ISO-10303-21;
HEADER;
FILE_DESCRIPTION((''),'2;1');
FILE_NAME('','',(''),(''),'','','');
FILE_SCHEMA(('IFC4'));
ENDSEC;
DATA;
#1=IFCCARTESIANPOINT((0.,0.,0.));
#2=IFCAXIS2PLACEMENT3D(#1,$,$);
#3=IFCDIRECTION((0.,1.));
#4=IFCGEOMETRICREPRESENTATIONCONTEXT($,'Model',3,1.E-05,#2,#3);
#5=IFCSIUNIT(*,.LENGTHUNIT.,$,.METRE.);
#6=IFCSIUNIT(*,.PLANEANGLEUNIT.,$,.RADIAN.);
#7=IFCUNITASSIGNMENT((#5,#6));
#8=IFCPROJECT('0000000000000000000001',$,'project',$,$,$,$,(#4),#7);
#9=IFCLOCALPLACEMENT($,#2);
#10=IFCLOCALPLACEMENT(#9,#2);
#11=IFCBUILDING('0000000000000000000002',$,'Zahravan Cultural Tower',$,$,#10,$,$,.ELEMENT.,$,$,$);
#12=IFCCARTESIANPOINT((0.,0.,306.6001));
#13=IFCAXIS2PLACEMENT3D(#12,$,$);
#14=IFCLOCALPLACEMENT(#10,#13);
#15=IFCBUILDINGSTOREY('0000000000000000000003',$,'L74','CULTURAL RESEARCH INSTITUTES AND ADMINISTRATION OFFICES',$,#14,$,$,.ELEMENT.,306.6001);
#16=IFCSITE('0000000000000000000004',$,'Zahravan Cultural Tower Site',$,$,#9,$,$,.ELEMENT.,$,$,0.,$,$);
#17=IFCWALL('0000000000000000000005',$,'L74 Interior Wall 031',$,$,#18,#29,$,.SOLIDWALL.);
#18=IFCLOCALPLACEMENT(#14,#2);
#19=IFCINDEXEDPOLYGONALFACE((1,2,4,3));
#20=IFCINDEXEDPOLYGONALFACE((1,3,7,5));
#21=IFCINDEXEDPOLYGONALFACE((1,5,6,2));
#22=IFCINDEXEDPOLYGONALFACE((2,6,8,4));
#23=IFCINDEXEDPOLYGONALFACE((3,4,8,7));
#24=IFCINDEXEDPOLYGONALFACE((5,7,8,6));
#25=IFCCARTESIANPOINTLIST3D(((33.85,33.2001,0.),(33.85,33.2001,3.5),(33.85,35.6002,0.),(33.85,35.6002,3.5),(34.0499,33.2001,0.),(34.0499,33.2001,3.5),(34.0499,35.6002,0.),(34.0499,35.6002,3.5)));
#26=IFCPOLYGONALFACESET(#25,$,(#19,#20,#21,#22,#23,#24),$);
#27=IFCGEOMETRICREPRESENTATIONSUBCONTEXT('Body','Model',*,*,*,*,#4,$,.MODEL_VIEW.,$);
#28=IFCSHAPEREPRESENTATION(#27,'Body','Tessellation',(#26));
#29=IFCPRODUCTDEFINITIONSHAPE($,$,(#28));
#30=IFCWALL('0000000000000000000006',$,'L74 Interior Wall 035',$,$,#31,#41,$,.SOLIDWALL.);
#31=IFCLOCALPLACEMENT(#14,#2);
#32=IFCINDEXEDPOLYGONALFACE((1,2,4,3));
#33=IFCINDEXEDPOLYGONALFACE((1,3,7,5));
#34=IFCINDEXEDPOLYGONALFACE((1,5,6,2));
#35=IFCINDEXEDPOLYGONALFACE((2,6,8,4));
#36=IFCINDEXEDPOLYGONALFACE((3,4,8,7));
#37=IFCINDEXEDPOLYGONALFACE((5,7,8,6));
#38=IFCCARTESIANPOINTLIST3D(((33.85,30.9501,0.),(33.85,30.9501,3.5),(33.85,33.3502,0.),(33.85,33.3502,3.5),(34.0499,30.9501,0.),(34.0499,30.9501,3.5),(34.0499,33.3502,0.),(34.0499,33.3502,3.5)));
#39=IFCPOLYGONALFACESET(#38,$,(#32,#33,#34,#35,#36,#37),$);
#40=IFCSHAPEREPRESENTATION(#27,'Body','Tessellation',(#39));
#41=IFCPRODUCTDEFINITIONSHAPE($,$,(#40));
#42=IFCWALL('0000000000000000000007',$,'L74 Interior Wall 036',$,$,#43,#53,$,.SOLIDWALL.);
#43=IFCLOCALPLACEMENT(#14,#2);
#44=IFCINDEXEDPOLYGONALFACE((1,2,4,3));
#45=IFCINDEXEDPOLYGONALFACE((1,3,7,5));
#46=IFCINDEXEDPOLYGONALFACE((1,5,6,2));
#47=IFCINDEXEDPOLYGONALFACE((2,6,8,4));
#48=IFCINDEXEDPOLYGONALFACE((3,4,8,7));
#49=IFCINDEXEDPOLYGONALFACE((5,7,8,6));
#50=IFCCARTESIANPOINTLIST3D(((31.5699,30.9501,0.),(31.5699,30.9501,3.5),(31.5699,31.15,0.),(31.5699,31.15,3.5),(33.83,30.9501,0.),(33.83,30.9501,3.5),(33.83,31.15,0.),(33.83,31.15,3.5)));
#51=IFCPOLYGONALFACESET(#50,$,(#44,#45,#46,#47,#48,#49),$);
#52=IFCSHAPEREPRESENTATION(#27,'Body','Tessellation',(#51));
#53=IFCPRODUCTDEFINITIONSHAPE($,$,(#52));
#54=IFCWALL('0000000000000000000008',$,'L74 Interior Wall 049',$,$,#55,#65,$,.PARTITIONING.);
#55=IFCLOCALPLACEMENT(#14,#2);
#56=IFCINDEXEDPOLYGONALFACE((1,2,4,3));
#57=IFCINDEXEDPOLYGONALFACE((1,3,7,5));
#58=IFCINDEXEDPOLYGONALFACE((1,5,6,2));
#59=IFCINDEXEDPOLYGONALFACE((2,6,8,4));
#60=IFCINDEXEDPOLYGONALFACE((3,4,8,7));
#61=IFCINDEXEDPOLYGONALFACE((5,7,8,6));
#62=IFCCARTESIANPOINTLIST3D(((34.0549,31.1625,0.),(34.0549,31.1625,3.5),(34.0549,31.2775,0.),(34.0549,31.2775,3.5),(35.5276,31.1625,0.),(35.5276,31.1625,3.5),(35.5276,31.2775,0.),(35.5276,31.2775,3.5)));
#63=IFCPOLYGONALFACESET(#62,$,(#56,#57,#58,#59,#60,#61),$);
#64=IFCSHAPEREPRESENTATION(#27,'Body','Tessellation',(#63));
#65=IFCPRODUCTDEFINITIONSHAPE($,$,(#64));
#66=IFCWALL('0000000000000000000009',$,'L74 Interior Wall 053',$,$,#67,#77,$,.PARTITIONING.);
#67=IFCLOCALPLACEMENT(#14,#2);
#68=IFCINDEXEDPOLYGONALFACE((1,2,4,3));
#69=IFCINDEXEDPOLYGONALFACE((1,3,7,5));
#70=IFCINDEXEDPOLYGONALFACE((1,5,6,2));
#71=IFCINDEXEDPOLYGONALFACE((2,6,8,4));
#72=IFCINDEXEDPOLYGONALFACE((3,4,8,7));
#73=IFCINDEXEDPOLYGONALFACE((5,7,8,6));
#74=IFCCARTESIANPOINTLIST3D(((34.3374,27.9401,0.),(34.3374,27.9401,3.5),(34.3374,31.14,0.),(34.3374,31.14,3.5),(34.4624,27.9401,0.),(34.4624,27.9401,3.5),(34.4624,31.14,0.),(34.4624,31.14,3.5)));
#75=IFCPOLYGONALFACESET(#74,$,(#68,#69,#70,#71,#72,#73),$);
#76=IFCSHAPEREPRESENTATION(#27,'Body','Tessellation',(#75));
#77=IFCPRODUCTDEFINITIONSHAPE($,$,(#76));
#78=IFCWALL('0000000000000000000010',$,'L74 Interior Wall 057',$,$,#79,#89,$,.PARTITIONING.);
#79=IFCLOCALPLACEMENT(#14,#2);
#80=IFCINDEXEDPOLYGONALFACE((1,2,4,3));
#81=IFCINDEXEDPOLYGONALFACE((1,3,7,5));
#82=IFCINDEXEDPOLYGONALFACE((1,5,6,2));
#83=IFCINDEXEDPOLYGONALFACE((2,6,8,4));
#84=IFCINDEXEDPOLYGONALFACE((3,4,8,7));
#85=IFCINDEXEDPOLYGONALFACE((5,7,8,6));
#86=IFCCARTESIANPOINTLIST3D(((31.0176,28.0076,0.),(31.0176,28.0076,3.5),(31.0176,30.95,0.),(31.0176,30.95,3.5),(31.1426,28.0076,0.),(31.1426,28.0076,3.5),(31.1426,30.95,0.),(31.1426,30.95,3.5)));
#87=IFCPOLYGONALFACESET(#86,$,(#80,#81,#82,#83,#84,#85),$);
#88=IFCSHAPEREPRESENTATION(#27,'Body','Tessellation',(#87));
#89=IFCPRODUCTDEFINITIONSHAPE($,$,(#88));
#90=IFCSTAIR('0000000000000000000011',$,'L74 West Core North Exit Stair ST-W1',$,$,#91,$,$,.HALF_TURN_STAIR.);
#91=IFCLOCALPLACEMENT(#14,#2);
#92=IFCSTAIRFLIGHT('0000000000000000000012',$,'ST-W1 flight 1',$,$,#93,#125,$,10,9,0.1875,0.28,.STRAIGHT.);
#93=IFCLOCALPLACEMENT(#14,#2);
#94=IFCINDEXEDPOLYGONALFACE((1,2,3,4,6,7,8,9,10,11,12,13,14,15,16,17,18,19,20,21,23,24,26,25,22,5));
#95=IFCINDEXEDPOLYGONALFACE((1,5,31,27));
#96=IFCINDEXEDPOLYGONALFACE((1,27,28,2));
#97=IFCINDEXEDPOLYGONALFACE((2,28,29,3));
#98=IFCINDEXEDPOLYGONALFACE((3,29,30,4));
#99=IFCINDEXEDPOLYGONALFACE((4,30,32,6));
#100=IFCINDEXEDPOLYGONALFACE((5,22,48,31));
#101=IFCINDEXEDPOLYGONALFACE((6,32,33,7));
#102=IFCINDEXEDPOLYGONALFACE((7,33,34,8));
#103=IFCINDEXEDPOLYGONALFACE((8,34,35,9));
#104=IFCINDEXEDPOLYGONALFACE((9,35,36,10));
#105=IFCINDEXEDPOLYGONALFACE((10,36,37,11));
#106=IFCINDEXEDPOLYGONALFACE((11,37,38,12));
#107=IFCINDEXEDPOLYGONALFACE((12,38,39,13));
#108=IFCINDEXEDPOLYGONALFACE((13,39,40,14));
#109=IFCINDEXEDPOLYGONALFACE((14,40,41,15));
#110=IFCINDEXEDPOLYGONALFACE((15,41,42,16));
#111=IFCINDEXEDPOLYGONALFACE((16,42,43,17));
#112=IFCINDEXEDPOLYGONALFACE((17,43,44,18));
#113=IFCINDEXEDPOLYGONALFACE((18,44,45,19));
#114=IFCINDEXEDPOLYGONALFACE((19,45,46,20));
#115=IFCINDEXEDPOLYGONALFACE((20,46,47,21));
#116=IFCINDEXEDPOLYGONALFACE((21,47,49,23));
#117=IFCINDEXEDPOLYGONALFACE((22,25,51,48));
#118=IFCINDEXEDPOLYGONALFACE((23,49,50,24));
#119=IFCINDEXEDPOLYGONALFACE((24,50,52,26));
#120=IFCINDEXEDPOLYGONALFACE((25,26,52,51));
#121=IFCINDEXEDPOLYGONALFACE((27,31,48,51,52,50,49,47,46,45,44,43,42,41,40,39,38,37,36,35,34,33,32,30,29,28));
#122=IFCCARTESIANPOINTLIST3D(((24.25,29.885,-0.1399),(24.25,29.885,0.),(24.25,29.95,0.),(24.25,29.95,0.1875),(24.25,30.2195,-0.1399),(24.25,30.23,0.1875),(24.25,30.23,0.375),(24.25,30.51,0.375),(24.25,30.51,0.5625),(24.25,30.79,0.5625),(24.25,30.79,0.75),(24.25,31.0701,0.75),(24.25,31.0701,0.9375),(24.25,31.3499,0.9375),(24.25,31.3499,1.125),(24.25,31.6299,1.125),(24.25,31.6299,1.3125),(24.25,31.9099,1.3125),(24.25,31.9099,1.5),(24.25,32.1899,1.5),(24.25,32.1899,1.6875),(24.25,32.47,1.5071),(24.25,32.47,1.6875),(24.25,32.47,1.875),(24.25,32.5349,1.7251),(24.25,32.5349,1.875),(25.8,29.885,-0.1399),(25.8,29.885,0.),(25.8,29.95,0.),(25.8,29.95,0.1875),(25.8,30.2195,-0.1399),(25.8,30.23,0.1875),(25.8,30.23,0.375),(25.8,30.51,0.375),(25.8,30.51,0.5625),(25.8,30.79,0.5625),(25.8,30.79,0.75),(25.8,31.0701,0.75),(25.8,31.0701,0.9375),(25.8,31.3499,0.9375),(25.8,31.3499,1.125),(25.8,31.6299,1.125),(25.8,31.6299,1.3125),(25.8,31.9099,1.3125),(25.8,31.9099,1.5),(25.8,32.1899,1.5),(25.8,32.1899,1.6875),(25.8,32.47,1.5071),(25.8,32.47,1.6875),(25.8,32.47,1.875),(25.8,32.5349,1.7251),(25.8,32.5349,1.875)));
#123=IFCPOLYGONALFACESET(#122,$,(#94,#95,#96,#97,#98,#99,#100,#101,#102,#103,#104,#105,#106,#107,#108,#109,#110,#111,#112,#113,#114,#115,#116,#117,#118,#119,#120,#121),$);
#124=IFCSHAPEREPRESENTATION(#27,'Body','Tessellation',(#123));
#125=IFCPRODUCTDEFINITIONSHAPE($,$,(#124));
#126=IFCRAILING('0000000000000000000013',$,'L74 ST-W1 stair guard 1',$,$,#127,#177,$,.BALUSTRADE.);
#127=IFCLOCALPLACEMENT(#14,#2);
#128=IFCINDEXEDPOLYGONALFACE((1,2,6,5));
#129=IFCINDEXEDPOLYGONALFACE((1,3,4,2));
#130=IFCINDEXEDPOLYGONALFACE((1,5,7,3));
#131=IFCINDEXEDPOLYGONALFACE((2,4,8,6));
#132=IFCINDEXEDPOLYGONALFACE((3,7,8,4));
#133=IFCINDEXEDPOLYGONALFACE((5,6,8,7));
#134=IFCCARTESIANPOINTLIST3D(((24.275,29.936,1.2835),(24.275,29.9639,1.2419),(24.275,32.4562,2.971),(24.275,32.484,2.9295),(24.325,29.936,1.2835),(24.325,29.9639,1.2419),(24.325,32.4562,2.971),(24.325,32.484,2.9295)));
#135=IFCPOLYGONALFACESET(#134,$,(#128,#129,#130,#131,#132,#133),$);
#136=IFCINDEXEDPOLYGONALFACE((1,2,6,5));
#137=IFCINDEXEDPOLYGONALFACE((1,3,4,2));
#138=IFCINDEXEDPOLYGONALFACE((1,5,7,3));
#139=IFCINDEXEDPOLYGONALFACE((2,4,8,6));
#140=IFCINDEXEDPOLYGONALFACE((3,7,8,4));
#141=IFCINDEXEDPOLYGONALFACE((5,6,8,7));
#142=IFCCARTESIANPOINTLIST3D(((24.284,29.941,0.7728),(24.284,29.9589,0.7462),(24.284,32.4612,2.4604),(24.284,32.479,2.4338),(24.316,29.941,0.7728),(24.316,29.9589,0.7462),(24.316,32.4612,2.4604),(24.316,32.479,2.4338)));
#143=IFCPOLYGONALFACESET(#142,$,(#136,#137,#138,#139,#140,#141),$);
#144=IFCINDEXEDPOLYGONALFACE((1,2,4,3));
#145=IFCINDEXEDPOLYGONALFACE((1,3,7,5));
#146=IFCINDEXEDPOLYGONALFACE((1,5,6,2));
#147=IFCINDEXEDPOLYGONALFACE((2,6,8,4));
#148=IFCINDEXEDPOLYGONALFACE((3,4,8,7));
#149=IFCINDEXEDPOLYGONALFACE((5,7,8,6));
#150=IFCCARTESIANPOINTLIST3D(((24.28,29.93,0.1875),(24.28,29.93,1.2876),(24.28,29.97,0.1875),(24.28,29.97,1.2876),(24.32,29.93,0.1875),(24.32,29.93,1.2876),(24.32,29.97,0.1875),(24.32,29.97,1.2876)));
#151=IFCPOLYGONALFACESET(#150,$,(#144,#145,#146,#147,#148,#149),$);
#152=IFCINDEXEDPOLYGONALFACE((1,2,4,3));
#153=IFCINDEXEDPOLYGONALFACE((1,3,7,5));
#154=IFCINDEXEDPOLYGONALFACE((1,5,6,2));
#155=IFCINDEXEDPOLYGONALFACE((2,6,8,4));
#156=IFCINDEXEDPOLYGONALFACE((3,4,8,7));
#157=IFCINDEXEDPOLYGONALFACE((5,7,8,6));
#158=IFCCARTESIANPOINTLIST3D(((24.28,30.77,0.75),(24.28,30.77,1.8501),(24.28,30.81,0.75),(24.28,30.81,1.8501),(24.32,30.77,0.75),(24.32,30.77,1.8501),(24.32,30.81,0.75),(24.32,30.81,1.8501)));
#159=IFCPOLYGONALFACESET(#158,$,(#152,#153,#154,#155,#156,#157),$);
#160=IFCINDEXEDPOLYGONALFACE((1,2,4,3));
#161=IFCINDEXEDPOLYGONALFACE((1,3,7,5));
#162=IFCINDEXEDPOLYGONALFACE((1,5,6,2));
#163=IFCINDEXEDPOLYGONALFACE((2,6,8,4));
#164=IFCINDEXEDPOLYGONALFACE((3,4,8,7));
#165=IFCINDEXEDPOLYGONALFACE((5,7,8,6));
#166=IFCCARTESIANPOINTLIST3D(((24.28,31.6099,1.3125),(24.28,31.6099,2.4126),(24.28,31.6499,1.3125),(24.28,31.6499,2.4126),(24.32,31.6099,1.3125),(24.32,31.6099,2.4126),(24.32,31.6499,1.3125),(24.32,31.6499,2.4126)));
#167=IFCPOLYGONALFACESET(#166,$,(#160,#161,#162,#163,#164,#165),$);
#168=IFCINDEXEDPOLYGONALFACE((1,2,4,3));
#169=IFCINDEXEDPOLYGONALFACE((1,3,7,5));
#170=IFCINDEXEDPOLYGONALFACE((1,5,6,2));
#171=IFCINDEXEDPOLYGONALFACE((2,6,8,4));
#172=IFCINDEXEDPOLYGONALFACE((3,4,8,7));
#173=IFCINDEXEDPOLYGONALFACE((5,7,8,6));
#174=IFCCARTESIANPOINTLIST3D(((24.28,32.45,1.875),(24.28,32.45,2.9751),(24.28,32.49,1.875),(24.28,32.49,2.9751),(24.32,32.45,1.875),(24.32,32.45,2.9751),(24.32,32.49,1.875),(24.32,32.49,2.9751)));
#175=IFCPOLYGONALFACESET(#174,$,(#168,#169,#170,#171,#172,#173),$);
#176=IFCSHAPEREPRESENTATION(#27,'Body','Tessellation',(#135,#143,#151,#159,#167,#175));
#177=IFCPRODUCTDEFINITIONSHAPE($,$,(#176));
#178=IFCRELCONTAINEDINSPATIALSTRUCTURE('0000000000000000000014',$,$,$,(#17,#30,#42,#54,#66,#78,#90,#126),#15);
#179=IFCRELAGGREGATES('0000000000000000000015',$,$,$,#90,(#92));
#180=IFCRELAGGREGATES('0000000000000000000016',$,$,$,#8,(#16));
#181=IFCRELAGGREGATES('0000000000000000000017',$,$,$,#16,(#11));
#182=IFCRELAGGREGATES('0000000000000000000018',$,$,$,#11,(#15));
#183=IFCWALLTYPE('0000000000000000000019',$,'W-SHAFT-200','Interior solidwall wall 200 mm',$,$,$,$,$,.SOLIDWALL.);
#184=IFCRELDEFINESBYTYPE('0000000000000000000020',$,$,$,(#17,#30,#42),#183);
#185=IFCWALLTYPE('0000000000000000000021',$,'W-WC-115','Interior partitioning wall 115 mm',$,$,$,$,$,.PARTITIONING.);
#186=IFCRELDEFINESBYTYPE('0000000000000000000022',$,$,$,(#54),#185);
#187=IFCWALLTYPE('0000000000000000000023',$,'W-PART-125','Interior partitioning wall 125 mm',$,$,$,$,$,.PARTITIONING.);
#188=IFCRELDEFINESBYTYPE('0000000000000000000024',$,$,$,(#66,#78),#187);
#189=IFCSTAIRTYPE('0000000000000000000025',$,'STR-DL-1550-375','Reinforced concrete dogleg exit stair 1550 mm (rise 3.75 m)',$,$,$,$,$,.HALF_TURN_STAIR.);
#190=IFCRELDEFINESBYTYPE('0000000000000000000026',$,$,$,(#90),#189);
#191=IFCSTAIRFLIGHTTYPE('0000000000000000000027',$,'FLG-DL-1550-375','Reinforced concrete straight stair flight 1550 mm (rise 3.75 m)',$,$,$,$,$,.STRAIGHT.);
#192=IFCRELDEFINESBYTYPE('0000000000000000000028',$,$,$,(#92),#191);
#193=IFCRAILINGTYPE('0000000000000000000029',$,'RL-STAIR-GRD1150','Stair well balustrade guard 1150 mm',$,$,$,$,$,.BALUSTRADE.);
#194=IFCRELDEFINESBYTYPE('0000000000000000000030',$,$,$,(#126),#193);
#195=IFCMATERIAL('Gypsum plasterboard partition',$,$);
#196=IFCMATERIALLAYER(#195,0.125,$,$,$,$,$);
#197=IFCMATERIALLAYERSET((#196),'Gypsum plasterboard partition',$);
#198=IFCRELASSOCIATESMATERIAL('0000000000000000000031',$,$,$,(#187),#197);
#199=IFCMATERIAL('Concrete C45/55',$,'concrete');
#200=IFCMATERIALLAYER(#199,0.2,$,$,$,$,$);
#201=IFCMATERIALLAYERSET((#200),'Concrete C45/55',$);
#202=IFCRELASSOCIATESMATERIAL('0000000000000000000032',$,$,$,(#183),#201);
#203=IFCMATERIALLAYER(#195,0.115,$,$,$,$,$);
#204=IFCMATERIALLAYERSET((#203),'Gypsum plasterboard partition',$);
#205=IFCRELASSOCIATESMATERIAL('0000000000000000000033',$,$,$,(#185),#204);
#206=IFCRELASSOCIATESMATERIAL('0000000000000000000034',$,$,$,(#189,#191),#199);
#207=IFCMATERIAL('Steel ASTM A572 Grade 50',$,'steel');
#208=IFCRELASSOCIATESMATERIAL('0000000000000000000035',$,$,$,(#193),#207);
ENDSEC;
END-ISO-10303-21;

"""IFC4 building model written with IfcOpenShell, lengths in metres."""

from ifc_helpers import new_model, si_unit, direction, frame, frame_2d, origin, origin_2d, place, context, subcontext, project, spatial, polyline, rectangle, outline, extrude, source, transform, mapped, material, layer, layer_set, type_object, element, aggregate, save


model = new_model("IFC4")

# Units and contexts
model_context = context("Model", 3, precision=1e-05, world=origin(), true_north=direction((0.0, 1.0)))
body_context = subcontext(model_context, "Body", "Model", "MODEL_VIEW")
ifc_project = project(units=[si_unit("LENGTHUNIT", "METRE"), si_unit("PLANEANGLEUNIT", "RADIAN")], contexts=[model_context])

# Site, building, storey
site_placement = place(None, origin())
site = spatial("IfcSite", under=ifc_project, at=site_placement, Name="Zahravan Cultural Tower Site", CompositionType="ELEMENT", RefElevation=0.0)
building_placement = place(site_placement, origin())
building = spatial("IfcBuilding", under=site, at=building_placement, Name="Zahravan Cultural Tower", CompositionType="ELEMENT")
storey_placement = place(building_placement, frame((0.0, 0.0, 306.6001)))
storey = spatial("IfcBuildingStorey", under=building, at=storey_placement, Name="L74", Description="CULTURAL RESEARCH INSTITUTES AND ADMINISTRATION OFFICES", CompositionType="ELEMENT", Elevation=306.6001)

# Shared definitions
ifc_material_1 = material(Name="Steel ASTM A572 Grade 50", Category="steel")
ifc_material_2 = material(Name="Gypsum plasterboard partition")
ifc_layer_1 = layer(ifc_material_2, 0.125)
ifc_layer_set_1 = layer_set([ifc_layer_1], Name="Gypsum plasterboard partition")
wall_type_1 = type_object("IfcWallType", Name="W-PART-125", Description="Interior partitioning wall 125 mm", PredefinedType="PARTITIONING", material=ifc_layer_set_1)
ifc_material_3 = material(Name="Concrete C45/55", Category="concrete")
ifc_layer_2 = layer(ifc_material_3, 0.2)
ifc_layer_set_2 = layer_set([ifc_layer_2], Name="Concrete C45/55")
wall_type_2 = type_object("IfcWallType", Name="W-SHAFT-200", Description="Interior solidwall wall 200 mm", PredefinedType="SOLIDWALL", material=ifc_layer_set_2)

# Walls
shared_shape_1 = source(origin(), body_context, "Body", "SweptSolid", [
    extrude(rectangle(XDim=2.4001, YDim=0.2, at=frame_2d((1.2002, 0.0))), origin(), (0.0, 0.0, 1.0), 3.5),
])
for number, where, z_axis, x_axis, name in (
    (1, (33.95, 33.2, 0.0), (0.0, 0.0, 1.0), (0.0, 1.0, 0.0), "L74 Interior Wall 031"),
    (2, (33.95, 30.95, 0.0), (0.0, 0.0, 1.0), (0.0, 1.0, 0.0), "L74 Interior Wall 035"),
):
    element("IfcWall", number, at=place(storey_placement, frame(where, z_axis=z_axis, x_axis=x_axis)), inside=storey, type_object=wall_type_2, Name=name, PredefinedType="SOLIDWALL", context=body_context, shape_type="MappedRepresentation", body=[
        mapped(shared_shape_1, transform((0.0, 0.0, 0.0), x_axis=(1.0, 0.0, 0.0), y_axis=(0.0, 1.0, 0.0), z_axis=(0.0, 0.0, 1.0), scale=1.0)),
    ])
shared_shape_2 = source(origin(), body_context, "Body", "SweptSolid", [
    extrude(rectangle(XDim=2.26, YDim=0.2, at=frame_2d((1.1299, 0.0))), origin(), (0.0, 0.0, 1.0), 3.5),
])
wall_1_placement = place(storey_placement, frame((31.5701, 31.05, 0.0), z_axis=(0.0, 0.0, 1.0), x_axis=(1.0, 0.0, 0.0)))
element("IfcWall", 3, at=wall_1_placement, inside=storey, type_object=wall_type_2, Name="L74 Interior Wall 036", PredefinedType="SOLIDWALL", context=body_context, shape_type="MappedRepresentation", body=[
    mapped(shared_shape_2, transform((0.0, 0.0, 0.0), x_axis=(1.0, 0.0, 0.0), y_axis=(0.0, 1.0, 0.0), z_axis=(0.0, 0.0, 1.0), scale=1.0)),
])
ifc_layer_3 = layer(ifc_material_2, 0.115)
ifc_layer_set_3 = layer_set([ifc_layer_3], Name="Gypsum plasterboard partition")
wall_type_3 = type_object("IfcWallType", Name="W-WC-115", Description="Interior partitioning wall 115 mm", PredefinedType="PARTITIONING", material=ifc_layer_set_3)
shared_shape_3 = source(origin(), body_context, "Body", "SweptSolid", [
    extrude(rectangle(XDim=1.4727, YDim=0.115, at=frame_2d((0.7363, 0.0))), origin(), (0.0, 0.0, 1.0), 3.5),
])
wall_2_placement = place(storey_placement, frame((35.5276, 31.22, 0.0), z_axis=(0.0, 0.0, 1.0), x_axis=(-1.0, 0.0, 0.0)))
element("IfcWall", 4, at=wall_2_placement, inside=storey, type_object=wall_type_3, Name="L74 Interior Wall 049", PredefinedType="PARTITIONING", context=body_context, shape_type="MappedRepresentation", body=[
    mapped(shared_shape_3, transform((0.0, 0.0, 0.0), x_axis=(1.0, 0.0, 0.0), y_axis=(0.0, 1.0, 0.0), z_axis=(0.0, 0.0, 1.0), scale=1.0)),
])
shared_shape_4 = source(origin(), body_context, "Body", "SweptSolid", [
    extrude(rectangle(XDim=3.2, YDim=0.125, at=frame_2d((1.6001, 0.0))), origin(), (0.0, 0.0, 1.0), 3.5),
])
wall_3_placement = place(storey_placement, frame((34.3999, 27.9399, 0.0), z_axis=(0.0, 0.0, 1.0), x_axis=(0.0, 1.0, 0.0)))
element("IfcWall", 5, at=wall_3_placement, inside=storey, type_object=wall_type_1, Name="L74 Interior Wall 053", PredefinedType="PARTITIONING", context=body_context, shape_type="MappedRepresentation", body=[
    mapped(shared_shape_4, transform((0.0, 0.0, 0.0), x_axis=(1.0, 0.0, 0.0), y_axis=(0.0, 1.0, 0.0), z_axis=(0.0, 0.0, 1.0), scale=1.0)),
])
shared_shape_5 = source(origin(), body_context, "Body", "SweptSolid", [
    extrude(rectangle(XDim=2.9424, YDim=0.125, at=frame_2d((1.4712, 0.0))), origin(), (0.0, 0.0, 1.0), 3.5),
])
wall_4_placement = place(storey_placement, frame((31.0801, 28.0076, 0.0), z_axis=(0.0, 0.0, 1.0), x_axis=(0.0, 1.0, 0.0)))
element("IfcWall", 6, at=wall_4_placement, inside=storey, type_object=wall_type_1, Name="L74 Interior Wall 057", PredefinedType="PARTITIONING", context=body_context, shape_type="MappedRepresentation", body=[
    mapped(shared_shape_5, transform((0.0, 0.0, 0.0), x_axis=(1.0, 0.0, 0.0), y_axis=(0.0, 1.0, 0.0), z_axis=(0.0, 0.0, 1.0), scale=1.0)),
])

# Stair, stair flight
stair_type = type_object("IfcStairType", Name="STR-DL-1550-375", Description="Reinforced concrete dogleg exit stair 1550 mm (rise 3.75 m)", PredefinedType="HALF_TURN_STAIR", material=ifc_material_3)
stair_placement = place(storey_placement, origin())
stair = element("IfcStair", 7, at=stair_placement, inside=storey, type_object=stair_type, Name="L74 West Core North Exit Stair ST-W1", PredefinedType="HALF_TURN_STAIR")
stair_flight_type = type_object("IfcStairFlightType", Name="FLG-DL-1550-375", Description="Reinforced concrete straight stair flight 1550 mm (rise 3.75 m)", PredefinedType="STRAIGHT", material=ifc_material_3)
stair_flight_placement = place(storey_placement, frame((25.0249, 29.95, 0.0), z_axis=(0.0, 0.0, 1.0), x_axis=(0.0, 1.0, 0.0)))
stair_flight = element("IfcStairFlight", 8, at=stair_flight_placement, type_object=stair_flight_type, Name="ST-W1 flight 1", NumberOfRisers=10, NumberOfTreads=9, PredefinedType="STRAIGHT", RiserHeight=0.1875, TreadLength=0.28, context=body_context, shape_type="SweptSolid", body=[
    extrude(outline(polyline([(-0.0649, -0.1399), (-0.0649, 0.0), (0.0, 0.0), (0.0, 0.1875), (0.28, 0.1875), (0.28, 0.375), (0.5601, 0.375), (0.5601, 0.5625), (0.8401, 0.5625), (0.8401, 0.75), (1.1201, 0.75), (1.1201, 0.9375), (1.3999, 0.9375), (1.3999, 1.125), (1.6799, 1.125), (1.6799, 1.3125), (1.96, 1.3125), (1.96, 1.5), (2.24, 1.5), (2.24, 1.6875), (2.52, 1.6875), (2.52, 1.875), (2.585, 1.875), (2.585, 1.7251), (2.52, 1.5071), (0.2695, -0.1399), (-0.0649, -0.1399)])), frame((0.0, 0.7749, 0.0), z_axis=(0.0, -1.0, 0.0), x_axis=(1.0, 0.0, 0.0)), (0.0, 0.0, 1.0), 1.55),
])
aggregate(stair, [stair_flight])

# Railing
railing_type_1 = type_object("IfcRailingType", Name="RL-STAIR-GRD1150", Description="Stair well balustrade guard 1150 mm", PredefinedType="BALUSTRADE", material=ifc_material_1)
railing_1_placement = place(storey_placement, frame((24.3, 29.95, 0.1875)))
element("IfcRailing", 9, at=railing_1_placement, inside=storey, type_object=railing_type_1, Name="L74 ST-W1 stair guard 1", PredefinedType="BALUSTRADE", context=body_context, shape_type="SweptSolid", body=[
    extrude(rectangle(XDim=0.05, YDim=0.05, at=origin_2d()), frame((0.0, 0.0, 1.0752), z_axis=(0.0, 0.830909, 0.556408), x_axis=(-1.0, 0.0, 0.0)), (0.0, 0.0, 1.0), 3.033),
    extrude(rectangle(XDim=0.032, YDim=0.032, at=origin_2d()), frame((0.0, 0.0, 0.572), z_axis=(0.0, 0.830909, 0.556408), x_axis=(-1.0, 0.0, 0.0)), (0.0, 0.0, 1.0), 3.033),
    extrude(rectangle(XDim=0.04, YDim=0.04, at=origin_2d()), origin(), (0.0, 0.0, 1.0), 1.1001),
    extrude(rectangle(XDim=0.04, YDim=0.04, at=origin_2d()), frame((0.0, 0.8401, 0.5625)), (0.0, 0.0, 1.0), 1.1001),
    extrude(rectangle(XDim=0.04, YDim=0.04, at=origin_2d()), frame((0.0, 1.6799, 1.125)), (0.0, 0.0, 1.0), 1.1001),
    extrude(rectangle(XDim=0.04, YDim=0.04, at=origin_2d()), frame((0.0, 2.52, 1.6875)), (0.0, 0.0, 1.0), 1.1001),
])

save(model, "model.ifc")
